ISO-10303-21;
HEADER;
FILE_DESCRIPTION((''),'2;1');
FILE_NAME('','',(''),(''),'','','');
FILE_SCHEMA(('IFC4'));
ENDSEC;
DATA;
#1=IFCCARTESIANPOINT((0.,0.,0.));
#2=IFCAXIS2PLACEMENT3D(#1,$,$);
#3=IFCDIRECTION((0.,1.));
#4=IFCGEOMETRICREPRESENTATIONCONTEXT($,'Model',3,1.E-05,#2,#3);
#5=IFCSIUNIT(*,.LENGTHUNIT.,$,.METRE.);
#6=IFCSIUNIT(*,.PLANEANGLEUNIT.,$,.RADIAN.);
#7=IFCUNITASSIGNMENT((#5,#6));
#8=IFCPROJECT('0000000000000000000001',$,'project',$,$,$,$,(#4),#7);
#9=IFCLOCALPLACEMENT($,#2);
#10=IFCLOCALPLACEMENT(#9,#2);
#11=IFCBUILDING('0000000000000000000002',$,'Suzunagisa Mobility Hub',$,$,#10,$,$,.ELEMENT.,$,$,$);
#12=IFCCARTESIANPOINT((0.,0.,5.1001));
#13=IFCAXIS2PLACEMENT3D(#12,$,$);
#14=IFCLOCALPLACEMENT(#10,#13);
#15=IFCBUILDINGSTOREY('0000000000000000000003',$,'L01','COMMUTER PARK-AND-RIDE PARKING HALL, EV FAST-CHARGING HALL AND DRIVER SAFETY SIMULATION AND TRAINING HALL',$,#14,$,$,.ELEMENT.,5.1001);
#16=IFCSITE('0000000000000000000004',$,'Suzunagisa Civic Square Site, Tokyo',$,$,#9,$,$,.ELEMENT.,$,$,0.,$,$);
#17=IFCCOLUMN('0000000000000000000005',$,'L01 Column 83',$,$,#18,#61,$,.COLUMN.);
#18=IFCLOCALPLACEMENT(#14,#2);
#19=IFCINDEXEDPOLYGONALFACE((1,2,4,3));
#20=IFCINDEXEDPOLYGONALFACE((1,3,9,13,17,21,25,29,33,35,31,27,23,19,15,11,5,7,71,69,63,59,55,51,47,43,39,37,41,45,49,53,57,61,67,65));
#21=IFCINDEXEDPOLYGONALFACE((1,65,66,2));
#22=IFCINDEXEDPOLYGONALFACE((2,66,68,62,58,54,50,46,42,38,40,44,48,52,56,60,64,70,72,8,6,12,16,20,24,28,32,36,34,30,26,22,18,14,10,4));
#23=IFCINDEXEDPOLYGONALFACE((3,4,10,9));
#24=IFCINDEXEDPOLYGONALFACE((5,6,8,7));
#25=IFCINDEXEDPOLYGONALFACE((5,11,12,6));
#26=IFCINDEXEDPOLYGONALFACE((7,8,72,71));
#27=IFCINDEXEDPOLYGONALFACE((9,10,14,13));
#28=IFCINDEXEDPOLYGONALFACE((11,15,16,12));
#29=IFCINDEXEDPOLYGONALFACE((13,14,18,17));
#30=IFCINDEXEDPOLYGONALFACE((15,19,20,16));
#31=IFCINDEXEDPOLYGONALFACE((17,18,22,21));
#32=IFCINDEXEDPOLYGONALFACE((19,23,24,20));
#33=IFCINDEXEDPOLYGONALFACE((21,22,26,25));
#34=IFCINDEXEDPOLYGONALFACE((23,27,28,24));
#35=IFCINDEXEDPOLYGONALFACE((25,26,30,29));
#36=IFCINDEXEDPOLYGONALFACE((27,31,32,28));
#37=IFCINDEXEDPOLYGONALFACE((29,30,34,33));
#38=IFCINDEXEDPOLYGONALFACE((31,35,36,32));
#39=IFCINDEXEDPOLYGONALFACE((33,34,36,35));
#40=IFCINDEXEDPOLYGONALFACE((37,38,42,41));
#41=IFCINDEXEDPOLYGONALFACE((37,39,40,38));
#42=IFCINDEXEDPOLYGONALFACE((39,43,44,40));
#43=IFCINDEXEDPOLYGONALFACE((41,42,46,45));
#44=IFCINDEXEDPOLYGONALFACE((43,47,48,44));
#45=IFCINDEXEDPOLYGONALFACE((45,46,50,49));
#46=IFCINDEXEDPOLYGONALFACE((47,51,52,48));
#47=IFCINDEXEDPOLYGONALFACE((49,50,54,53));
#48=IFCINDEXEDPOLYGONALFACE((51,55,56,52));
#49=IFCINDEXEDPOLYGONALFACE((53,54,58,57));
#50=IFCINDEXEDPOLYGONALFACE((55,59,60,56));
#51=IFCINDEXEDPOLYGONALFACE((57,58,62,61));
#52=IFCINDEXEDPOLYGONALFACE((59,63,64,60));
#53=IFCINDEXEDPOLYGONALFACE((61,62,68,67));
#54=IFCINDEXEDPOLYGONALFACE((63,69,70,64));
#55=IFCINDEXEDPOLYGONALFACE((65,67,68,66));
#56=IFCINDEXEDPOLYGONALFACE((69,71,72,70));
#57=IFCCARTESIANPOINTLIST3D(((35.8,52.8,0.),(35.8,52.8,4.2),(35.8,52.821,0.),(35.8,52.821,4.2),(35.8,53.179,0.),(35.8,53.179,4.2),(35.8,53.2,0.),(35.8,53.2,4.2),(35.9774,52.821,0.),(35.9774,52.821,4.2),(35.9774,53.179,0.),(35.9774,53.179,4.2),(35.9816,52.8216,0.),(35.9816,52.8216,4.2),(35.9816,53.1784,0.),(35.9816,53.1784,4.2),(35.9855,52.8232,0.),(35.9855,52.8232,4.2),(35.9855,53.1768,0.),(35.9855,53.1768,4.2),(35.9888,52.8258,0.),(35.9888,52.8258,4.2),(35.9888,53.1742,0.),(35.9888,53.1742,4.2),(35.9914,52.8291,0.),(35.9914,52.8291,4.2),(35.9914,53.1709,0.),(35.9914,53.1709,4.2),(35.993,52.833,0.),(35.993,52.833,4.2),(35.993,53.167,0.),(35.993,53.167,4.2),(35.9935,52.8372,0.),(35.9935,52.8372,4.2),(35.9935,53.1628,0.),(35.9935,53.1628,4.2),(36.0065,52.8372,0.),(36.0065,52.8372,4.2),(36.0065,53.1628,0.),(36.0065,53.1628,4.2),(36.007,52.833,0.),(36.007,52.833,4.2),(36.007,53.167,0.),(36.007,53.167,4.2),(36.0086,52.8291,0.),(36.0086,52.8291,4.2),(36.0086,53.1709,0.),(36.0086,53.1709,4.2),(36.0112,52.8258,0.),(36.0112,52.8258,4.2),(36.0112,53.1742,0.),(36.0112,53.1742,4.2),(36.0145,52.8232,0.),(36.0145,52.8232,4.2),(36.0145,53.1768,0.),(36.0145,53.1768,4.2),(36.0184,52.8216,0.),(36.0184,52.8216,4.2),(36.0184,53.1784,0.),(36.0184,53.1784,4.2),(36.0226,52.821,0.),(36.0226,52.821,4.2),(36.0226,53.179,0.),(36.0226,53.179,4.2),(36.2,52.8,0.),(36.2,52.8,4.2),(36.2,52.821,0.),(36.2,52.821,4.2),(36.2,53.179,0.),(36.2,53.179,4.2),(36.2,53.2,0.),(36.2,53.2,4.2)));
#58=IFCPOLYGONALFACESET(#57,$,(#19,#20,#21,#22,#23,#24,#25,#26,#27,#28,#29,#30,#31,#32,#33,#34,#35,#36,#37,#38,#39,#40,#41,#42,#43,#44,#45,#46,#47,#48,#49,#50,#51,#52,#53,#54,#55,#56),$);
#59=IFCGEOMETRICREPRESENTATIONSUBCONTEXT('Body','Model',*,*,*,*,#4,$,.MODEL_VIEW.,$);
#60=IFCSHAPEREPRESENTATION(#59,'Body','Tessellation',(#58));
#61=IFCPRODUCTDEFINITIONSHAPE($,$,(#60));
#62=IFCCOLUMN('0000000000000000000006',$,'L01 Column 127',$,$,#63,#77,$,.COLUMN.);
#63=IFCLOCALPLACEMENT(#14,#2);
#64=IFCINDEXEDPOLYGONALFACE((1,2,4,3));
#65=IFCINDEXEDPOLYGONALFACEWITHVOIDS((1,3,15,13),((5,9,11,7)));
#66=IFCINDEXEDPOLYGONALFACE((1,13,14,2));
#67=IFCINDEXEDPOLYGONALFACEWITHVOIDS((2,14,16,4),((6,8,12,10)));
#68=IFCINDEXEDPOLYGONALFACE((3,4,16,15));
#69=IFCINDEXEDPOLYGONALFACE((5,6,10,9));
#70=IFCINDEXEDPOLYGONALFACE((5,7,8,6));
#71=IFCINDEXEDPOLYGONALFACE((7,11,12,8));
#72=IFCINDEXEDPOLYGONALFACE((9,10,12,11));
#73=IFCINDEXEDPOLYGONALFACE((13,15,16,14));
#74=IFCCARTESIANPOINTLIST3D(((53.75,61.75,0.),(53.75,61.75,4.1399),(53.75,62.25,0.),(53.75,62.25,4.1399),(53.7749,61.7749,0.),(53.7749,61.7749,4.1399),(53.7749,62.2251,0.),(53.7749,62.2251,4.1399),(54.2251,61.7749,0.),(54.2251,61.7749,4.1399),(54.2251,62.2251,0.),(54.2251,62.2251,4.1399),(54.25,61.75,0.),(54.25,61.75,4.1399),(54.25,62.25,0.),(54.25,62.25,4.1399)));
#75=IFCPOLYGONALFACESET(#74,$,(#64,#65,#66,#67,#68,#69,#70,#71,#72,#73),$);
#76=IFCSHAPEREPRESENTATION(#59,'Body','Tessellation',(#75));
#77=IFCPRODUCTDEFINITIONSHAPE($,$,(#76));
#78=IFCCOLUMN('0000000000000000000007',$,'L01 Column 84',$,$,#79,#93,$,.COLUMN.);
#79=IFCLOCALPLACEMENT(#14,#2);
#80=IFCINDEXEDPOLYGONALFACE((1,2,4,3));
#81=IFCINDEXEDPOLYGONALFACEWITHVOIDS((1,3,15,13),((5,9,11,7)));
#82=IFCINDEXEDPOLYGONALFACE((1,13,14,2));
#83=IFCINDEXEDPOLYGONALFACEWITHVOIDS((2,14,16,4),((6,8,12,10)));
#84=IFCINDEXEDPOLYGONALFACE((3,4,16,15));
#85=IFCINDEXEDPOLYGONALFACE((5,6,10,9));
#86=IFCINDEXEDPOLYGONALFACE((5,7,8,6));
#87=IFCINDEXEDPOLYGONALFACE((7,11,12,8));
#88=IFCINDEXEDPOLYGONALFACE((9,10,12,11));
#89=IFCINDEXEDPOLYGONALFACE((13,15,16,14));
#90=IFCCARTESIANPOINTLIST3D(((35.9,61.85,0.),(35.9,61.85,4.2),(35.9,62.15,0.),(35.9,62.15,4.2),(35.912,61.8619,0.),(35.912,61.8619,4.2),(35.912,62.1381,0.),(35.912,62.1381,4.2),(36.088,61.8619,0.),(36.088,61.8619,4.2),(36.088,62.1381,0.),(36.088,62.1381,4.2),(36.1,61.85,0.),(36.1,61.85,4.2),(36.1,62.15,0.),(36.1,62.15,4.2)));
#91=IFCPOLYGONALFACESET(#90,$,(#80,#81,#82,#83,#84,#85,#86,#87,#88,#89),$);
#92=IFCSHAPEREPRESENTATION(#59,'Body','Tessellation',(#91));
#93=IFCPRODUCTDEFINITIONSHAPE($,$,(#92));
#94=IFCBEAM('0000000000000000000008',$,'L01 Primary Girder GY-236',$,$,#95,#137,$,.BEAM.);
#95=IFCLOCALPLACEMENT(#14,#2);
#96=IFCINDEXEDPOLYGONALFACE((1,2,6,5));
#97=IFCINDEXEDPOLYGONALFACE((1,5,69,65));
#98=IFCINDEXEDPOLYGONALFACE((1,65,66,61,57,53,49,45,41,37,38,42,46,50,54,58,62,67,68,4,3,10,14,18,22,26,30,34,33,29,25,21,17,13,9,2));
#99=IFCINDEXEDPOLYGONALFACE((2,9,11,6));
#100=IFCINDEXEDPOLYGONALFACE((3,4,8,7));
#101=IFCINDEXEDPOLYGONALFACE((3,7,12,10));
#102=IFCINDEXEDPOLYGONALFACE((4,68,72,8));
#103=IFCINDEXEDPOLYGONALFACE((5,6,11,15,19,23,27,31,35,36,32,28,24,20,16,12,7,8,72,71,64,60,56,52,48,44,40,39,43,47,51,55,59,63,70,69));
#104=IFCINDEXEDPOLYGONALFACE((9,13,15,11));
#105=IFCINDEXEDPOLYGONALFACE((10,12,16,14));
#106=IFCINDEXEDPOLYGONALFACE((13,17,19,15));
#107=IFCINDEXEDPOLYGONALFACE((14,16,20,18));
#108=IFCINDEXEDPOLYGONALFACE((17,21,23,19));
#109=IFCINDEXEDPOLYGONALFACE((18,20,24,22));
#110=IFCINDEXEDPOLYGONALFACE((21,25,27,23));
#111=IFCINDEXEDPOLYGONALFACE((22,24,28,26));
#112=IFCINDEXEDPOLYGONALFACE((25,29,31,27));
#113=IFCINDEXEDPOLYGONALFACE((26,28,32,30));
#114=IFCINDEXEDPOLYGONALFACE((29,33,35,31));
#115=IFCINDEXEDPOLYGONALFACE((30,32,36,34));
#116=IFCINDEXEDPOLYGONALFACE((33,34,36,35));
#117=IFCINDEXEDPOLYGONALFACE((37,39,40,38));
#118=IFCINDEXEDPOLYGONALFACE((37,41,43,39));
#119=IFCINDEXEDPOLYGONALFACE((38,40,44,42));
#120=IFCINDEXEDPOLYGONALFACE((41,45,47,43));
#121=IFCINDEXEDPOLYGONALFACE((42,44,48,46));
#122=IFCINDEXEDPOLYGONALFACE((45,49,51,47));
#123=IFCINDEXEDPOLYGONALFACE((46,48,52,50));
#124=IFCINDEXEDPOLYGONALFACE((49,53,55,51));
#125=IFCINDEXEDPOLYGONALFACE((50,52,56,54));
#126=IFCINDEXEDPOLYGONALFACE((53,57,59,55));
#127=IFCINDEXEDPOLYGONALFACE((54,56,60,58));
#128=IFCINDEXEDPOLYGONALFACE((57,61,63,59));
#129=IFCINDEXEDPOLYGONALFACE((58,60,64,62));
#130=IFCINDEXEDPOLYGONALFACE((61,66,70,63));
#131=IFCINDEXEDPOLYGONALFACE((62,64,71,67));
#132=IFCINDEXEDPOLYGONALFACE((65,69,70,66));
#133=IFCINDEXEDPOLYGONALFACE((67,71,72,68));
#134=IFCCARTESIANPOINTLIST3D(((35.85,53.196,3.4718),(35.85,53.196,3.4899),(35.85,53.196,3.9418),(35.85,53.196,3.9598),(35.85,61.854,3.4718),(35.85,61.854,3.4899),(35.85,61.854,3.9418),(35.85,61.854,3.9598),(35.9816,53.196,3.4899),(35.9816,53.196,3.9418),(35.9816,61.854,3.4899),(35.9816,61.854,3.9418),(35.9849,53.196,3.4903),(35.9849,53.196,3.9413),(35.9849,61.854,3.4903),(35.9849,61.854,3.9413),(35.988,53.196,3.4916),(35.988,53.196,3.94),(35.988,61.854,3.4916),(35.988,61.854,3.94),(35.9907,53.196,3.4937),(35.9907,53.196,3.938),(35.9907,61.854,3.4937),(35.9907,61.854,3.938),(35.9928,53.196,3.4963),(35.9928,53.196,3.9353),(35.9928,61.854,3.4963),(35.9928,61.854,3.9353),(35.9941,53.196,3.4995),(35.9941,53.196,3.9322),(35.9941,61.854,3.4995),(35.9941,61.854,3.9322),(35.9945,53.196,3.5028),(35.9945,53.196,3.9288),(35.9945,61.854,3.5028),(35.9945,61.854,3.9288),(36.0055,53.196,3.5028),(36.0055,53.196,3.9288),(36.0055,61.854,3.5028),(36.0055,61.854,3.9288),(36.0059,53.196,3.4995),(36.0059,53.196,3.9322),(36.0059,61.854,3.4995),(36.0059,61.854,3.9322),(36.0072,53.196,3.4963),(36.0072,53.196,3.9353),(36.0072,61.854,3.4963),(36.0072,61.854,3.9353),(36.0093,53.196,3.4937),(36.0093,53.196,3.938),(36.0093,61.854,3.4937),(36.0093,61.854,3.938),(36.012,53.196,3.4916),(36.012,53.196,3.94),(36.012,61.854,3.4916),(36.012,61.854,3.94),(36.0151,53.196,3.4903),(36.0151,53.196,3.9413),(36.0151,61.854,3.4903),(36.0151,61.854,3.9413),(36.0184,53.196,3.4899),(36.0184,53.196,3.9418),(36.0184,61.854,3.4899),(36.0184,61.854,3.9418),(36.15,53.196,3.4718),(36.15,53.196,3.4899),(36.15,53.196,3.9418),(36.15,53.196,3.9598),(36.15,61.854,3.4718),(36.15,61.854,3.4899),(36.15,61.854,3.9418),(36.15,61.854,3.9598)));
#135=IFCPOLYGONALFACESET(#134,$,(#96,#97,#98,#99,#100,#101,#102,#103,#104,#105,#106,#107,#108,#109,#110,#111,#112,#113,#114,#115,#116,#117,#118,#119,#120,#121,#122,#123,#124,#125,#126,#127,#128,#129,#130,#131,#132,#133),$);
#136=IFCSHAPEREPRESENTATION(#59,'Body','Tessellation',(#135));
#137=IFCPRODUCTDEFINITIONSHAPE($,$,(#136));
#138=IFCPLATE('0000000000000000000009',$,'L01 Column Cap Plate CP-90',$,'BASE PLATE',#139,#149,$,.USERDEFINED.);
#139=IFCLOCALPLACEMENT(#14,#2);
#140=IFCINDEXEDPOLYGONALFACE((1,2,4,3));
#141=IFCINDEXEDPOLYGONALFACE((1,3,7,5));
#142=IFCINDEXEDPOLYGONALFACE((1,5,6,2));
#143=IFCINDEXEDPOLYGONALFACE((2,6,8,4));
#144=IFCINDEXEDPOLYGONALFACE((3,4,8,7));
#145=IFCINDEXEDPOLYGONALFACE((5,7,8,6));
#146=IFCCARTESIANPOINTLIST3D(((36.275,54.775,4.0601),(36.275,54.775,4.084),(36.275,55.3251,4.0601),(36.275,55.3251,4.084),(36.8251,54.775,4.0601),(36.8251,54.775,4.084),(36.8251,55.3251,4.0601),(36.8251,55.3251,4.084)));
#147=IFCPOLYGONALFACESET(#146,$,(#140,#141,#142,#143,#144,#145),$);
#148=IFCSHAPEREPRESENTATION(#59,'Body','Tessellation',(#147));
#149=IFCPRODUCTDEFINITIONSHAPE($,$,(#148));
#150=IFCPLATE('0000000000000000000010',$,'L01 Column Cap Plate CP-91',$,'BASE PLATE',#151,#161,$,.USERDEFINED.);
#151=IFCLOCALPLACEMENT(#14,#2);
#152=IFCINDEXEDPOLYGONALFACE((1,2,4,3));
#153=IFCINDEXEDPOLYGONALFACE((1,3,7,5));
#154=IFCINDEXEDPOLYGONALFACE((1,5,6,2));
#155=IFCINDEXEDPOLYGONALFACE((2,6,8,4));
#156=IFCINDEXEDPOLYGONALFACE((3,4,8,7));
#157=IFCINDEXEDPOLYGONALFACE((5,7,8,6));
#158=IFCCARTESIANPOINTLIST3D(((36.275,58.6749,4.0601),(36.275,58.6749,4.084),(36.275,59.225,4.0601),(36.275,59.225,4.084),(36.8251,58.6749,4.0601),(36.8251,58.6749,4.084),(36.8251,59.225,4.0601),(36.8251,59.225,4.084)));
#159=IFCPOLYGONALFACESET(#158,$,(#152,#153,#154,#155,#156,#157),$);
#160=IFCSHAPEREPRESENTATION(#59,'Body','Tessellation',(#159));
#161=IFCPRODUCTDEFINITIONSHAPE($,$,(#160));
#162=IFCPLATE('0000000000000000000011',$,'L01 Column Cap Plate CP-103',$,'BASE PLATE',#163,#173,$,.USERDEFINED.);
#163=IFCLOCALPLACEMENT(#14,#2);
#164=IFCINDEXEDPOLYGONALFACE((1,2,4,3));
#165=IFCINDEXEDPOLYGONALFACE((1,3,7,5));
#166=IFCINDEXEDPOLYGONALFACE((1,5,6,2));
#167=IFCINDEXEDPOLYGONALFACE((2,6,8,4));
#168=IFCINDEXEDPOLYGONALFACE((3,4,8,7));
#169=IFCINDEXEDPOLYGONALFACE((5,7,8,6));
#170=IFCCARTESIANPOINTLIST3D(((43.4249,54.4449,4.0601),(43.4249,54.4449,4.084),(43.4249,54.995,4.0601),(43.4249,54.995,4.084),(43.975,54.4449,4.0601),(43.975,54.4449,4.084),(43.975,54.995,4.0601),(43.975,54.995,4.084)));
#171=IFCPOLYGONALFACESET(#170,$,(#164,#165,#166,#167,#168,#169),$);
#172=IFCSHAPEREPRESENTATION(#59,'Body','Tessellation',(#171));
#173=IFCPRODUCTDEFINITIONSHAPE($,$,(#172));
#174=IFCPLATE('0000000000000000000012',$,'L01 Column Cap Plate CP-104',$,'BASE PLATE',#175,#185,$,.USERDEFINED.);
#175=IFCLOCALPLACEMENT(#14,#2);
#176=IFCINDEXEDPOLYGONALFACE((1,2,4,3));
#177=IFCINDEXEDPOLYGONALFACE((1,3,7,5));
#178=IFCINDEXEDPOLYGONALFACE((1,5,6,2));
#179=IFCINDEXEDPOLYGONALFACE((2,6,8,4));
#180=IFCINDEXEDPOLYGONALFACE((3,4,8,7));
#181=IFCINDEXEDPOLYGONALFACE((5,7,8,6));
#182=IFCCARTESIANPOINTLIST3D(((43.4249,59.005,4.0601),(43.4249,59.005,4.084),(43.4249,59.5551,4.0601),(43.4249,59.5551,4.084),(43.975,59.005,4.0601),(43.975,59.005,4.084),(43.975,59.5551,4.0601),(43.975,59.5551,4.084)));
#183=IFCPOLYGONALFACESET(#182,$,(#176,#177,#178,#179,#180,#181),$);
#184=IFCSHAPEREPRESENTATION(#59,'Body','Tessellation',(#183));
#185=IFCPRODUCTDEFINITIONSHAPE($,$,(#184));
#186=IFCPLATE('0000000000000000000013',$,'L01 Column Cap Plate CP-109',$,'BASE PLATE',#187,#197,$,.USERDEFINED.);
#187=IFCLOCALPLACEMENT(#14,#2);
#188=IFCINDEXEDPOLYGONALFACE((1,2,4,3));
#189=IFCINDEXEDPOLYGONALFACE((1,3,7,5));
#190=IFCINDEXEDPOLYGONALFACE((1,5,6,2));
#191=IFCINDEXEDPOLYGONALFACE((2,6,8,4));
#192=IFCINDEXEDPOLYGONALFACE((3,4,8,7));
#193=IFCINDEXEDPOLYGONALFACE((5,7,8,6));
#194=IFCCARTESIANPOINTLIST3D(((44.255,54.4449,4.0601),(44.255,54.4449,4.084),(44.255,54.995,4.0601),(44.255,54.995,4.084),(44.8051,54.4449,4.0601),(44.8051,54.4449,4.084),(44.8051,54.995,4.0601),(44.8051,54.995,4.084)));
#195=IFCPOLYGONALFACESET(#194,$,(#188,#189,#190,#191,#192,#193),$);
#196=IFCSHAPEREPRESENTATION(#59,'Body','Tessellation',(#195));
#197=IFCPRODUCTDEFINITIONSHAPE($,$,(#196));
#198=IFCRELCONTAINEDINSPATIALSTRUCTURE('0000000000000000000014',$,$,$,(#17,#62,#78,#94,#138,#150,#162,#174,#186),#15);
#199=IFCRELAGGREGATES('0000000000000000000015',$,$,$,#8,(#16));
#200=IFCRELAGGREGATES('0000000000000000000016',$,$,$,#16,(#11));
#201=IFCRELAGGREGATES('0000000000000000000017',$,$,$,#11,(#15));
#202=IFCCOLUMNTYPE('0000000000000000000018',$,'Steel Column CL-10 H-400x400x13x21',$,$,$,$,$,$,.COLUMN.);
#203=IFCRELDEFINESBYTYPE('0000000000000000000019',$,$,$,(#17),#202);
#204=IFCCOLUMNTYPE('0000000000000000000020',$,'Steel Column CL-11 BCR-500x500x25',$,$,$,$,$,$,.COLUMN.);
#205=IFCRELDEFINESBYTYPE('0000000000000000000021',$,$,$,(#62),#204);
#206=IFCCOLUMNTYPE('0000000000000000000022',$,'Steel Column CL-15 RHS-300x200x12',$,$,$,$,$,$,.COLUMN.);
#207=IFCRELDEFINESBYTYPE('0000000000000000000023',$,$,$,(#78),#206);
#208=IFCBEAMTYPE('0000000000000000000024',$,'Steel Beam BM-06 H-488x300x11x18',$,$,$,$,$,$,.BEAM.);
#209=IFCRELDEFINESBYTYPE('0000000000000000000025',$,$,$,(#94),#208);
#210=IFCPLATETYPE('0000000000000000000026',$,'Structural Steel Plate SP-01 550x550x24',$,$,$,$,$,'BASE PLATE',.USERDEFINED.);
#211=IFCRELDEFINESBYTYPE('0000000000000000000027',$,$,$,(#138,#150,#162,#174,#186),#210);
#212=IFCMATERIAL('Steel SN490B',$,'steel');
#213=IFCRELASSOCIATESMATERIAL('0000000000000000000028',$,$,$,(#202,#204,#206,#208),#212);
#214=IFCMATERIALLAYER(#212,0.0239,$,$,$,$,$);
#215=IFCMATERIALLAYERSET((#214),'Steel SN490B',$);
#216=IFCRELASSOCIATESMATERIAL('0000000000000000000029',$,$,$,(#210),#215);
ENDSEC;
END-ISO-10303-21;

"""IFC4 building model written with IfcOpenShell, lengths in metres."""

from ifc_helpers import new_model, si_unit, direction, frame, origin, origin_2d, place, context, subcontext, project, spatial, rectangle, hollow_rectangle, i_section, extrude, material, layer, layer_set, material_profile, profile_set, type_object, element, save


model = new_model("IFC4")

# Units and contexts
model_context = context("Model", 3, precision=1e-05, world=origin(), true_north=direction((0.0, 1.0)))
body_context = subcontext(model_context, "Body", "Model", "MODEL_VIEW")
ifc_project = project(units=[si_unit("LENGTHUNIT", "METRE"), si_unit("PLANEANGLEUNIT", "RADIAN")], contexts=[model_context])

# Site, building, storey
site_placement = place(None, origin())
site = spatial("IfcSite", under=ifc_project, at=site_placement, Name="Suzunagisa Civic Square Site, Tokyo", CompositionType="ELEMENT", RefElevation=0.0)
building_placement = place(site_placement, origin())
building = spatial("IfcBuilding", under=site, at=building_placement, Name="Suzunagisa Mobility Hub", CompositionType="ELEMENT")
storey_placement = place(building_placement, frame((0.0, 0.0, 5.1001)))
storey = spatial("IfcBuildingStorey", under=building, at=storey_placement, Name="L01", Description="COMMUTER PARK-AND-RIDE PARKING HALL, EV FAST-CHARGING HALL AND DRIVER SAFETY SIMULATION AND TRAINING HALL", CompositionType="ELEMENT", Elevation=5.1001)

# Columns
ifc_material_1 = material(Name="Steel SN490B", Category="steel")
ifc_material_profile_1 = material_profile(ifc_material_1, i_section(OverallWidth=0.3999, OverallDepth=0.3999, WebThickness=0.0129, FlangeThickness=0.021, FilletRadius=0.0161, at=origin_2d()), Name="H-400x400x13x21")
ifc_profile_set_1 = profile_set([ifc_material_profile_1], Name="Steel SN490B")
column_type_1 = type_object("IfcColumnType", Name="Steel Column CL-10 H-400x400x13x21", PredefinedType="COLUMN", material=ifc_profile_set_1)
column_1_placement = place(storey_placement, frame((36.0, 53.0, 0.0), z_axis=(0.0, 0.0, 1.0), x_axis=(1.0, 0.0, 0.0)))
element("IfcColumn", 1, at=column_1_placement, inside=storey, type_object=column_type_1, Name="L01 Column 83", PredefinedType="COLUMN", context=body_context, shape_type="SweptSolid", body=[
    extrude(i_section(OverallWidth=0.3999, OverallDepth=0.3999, WebThickness=0.0129, FlangeThickness=0.021, FilletRadius=0.0161, at=origin_2d()), origin(), (0.0, 0.0, 1.0), 4.2),
])
ifc_material_profile_2 = material_profile(ifc_material_1, hollow_rectangle(XDim=0.5, YDim=0.5, WallThickness=0.0249, at=origin_2d()), Name="BCR-500x500x25")
ifc_profile_set_2 = profile_set([ifc_material_profile_2], Name="Steel SN490B")
column_type_2 = type_object("IfcColumnType", Name="Steel Column CL-11 BCR-500x500x25", PredefinedType="COLUMN", material=ifc_profile_set_2)
column_2_placement = place(storey_placement, frame((54.0, 62.0, 0.0), z_axis=(0.0, 0.0, 1.0), x_axis=(1.0, 0.0, 0.0)))
element("IfcColumn", 2, at=column_2_placement, inside=storey, type_object=column_type_2, Name="L01 Column 127", PredefinedType="COLUMN", context=body_context, shape_type="SweptSolid", body=[
    extrude(hollow_rectangle(XDim=0.5, YDim=0.5, WallThickness=0.0249, at=origin_2d()), origin(), (0.0, 0.0, 1.0), 4.1399),
])
ifc_material_profile_3 = material_profile(ifc_material_1, hollow_rectangle(XDim=0.2, YDim=0.3, WallThickness=0.012, at=origin_2d()), Name="RHS-300x200x12")
ifc_profile_set_3 = profile_set([ifc_material_profile_3], Name="Steel SN490B")
column_type_3 = type_object("IfcColumnType", Name="Steel Column CL-15 RHS-300x200x12", PredefinedType="COLUMN", material=ifc_profile_set_3)
column_3_placement = place(storey_placement, frame((36.0, 62.0, 0.0), z_axis=(0.0, 0.0, 1.0), x_axis=(1.0, 0.0, 0.0)))
element("IfcColumn", 3, at=column_3_placement, inside=storey, type_object=column_type_3, Name="L01 Column 84", PredefinedType="COLUMN", context=body_context, shape_type="SweptSolid", body=[
    extrude(hollow_rectangle(XDim=0.2, YDim=0.3, WallThickness=0.012, at=origin_2d()), origin(), (0.0, 0.0, 1.0), 4.2),
])

# Beam
ifc_material_profile_4 = material_profile(ifc_material_1, i_section(OverallWidth=0.3, OverallDepth=0.488, WebThickness=0.011, FlangeThickness=0.0181, FilletRadius=0.0129, at=origin_2d()), Name="H-488x300x11x18")
ifc_profile_set_4 = profile_set([ifc_material_profile_4], Name="Steel SN490B")
beam_type = type_object("IfcBeamType", Name="Steel Beam BM-06 H-488x300x11x18", PredefinedType="BEAM", material=ifc_profile_set_4)
beam_placement = place(storey_placement, frame((36.0, 53.196, 3.7158), z_axis=(0.0, 1.0, 0.0), x_axis=(-1.0, 0.0, 0.0)))
element("IfcBeam", 4, at=beam_placement, inside=storey, type_object=beam_type, Name="L01 Primary Girder GY-236", PredefinedType="BEAM", context=body_context, shape_type="SweptSolid", body=[
    extrude(i_section(OverallWidth=0.3, OverallDepth=0.488, WebThickness=0.011, FlangeThickness=0.0181, FilletRadius=0.0129, at=origin_2d()), origin(), (0.0, 0.0, 1.0), 8.658),
])

# Plates
ifc_layer_1 = layer(ifc_material_1, 0.0239)
ifc_layer_set_1 = layer_set([ifc_layer_1], Name="Steel SN490B")
plate_type_1 = type_object("IfcPlateType", Name="Structural Steel Plate SP-01 550x550x24", ElementType="BASE PLATE", PredefinedType="USERDEFINED", material=ifc_layer_set_1)
for number, where, z_axis, x_axis, name in (
    (5, (36.55, 55.05, 4.0601), (0.0, 0.0, 1.0), (1.0, 0.0, 0.0), "L01 Column Cap Plate CP-90"),
    (6, (36.55, 58.95, 4.0601), (0.0, 0.0, 1.0), (1.0, 0.0, 0.0), "L01 Column Cap Plate CP-91"),
    (7, (43.7, 54.72, 4.0601), (0.0, 0.0, 1.0), (1.0, 0.0, 0.0), "L01 Column Cap Plate CP-103"),
    (8, (43.7, 59.28, 4.0601), (0.0, 0.0, 1.0), (1.0, 0.0, 0.0), "L01 Column Cap Plate CP-104"),
    (9, (44.53, 54.72, 4.0601), (0.0, 0.0, 1.0), (1.0, 0.0, 0.0), "L01 Column Cap Plate CP-109"),
):
    element("IfcPlate", number, at=place(storey_placement, frame(where, z_axis=z_axis, x_axis=x_axis)), inside=storey, type_object=plate_type_1, Name=name, ObjectType="BASE PLATE", PredefinedType="USERDEFINED", context=body_context, shape_type="SweptSolid", body=[
        extrude(rectangle(XDim=0.55, YDim=0.55, at=origin_2d()), origin(), (0.0, 0.0, 1.0), 0.0239),
    ])

save(model, "model.ifc")
